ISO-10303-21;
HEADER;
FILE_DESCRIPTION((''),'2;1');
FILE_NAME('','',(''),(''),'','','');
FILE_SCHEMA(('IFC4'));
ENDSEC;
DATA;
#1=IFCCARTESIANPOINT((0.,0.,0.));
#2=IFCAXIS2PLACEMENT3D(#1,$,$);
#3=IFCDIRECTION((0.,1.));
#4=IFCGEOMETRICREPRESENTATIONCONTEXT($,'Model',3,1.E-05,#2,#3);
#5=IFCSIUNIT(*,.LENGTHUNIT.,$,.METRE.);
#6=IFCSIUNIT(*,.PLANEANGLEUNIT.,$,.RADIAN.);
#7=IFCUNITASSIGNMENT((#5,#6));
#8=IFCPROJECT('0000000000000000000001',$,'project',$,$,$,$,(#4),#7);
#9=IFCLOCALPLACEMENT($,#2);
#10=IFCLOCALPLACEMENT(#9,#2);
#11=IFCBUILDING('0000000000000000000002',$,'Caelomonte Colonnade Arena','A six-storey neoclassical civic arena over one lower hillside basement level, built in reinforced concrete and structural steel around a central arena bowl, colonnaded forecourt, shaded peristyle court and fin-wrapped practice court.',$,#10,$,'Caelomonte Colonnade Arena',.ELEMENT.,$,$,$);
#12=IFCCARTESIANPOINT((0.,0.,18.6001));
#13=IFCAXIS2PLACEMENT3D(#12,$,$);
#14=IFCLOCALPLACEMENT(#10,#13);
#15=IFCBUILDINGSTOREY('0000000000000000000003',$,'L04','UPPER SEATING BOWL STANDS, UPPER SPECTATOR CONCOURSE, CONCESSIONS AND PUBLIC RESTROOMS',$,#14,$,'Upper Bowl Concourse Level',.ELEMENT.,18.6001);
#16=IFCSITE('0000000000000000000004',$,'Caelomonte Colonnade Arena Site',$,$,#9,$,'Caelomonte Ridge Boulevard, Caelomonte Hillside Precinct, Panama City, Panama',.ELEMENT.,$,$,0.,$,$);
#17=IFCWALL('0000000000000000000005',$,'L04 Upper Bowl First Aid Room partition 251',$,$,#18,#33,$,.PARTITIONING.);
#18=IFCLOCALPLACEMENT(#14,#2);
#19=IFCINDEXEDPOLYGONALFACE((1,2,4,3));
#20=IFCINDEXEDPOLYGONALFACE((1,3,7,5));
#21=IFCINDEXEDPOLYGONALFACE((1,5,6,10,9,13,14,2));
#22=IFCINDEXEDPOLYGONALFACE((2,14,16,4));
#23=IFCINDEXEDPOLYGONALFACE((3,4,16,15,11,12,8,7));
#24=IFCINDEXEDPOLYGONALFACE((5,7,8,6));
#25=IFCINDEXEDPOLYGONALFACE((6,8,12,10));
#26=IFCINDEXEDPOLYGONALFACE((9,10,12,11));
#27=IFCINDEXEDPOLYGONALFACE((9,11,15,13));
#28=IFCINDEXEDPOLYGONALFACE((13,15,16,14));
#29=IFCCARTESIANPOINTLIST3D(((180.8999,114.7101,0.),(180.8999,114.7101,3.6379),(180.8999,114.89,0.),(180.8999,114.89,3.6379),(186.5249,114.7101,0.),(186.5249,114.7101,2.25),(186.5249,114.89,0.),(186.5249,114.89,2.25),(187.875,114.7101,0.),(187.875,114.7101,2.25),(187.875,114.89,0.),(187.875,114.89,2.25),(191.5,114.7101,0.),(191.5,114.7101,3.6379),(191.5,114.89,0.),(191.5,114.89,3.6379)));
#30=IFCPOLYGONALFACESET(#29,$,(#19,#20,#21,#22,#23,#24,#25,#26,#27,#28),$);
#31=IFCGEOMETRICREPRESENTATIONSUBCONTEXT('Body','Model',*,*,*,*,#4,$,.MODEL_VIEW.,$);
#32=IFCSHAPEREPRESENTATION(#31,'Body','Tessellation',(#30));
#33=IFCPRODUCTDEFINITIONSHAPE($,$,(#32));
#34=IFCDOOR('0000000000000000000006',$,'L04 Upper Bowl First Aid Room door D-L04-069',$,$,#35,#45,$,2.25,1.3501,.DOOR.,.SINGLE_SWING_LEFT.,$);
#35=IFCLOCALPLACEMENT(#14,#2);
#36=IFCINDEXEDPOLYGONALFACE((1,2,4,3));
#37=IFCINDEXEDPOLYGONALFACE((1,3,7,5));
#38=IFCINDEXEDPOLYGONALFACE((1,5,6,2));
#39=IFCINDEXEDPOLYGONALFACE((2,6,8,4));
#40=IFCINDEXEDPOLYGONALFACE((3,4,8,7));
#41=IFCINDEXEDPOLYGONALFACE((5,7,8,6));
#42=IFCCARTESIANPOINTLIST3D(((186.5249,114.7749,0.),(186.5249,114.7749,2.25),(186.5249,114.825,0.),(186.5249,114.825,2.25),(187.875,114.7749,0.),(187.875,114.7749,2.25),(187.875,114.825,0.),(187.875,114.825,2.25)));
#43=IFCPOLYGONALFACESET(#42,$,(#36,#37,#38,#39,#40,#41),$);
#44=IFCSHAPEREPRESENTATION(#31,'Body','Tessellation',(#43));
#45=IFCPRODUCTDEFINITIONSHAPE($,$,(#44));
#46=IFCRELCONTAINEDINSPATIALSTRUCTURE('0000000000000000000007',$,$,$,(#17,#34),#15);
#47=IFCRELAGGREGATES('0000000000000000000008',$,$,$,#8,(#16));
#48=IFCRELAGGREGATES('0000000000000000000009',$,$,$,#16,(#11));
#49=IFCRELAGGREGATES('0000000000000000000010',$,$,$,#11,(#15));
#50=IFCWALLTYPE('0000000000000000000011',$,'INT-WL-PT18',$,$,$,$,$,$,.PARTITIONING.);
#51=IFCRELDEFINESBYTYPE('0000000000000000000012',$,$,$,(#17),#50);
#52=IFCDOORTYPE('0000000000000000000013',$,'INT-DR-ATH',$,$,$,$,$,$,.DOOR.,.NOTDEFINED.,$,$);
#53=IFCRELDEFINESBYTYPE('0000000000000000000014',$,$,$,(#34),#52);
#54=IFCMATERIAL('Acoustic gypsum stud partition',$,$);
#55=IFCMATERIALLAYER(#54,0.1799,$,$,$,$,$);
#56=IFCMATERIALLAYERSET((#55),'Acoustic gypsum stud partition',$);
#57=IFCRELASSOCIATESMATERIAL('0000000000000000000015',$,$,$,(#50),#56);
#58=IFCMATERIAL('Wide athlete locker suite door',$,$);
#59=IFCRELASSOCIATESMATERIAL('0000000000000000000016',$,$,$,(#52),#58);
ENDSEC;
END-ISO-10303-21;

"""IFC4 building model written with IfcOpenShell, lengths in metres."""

from ifc_helpers import new_model, si_unit, direction, frame, frame_2d, origin, place, context, subcontext, project, spatial, rectangle, extrude, material, layer, layer_set, type_object, element, fill, save


model = new_model("IFC4")

# Units and contexts
model_context = context("Model", 3, precision=1e-05, world=origin(), true_north=direction((0.0, 1.0)))
body_context = subcontext(model_context, "Body", "Model", "MODEL_VIEW")
ifc_project = project(units=[si_unit("LENGTHUNIT", "METRE"), si_unit("PLANEANGLEUNIT", "RADIAN")], contexts=[model_context])

# Site, building, storey
site_placement = place(None, origin())
site = spatial("IfcSite", under=ifc_project, at=site_placement, Name="Caelomonte Colonnade Arena Site", LongName="Caelomonte Ridge Boulevard, Caelomonte Hillside Precinct, Panama City, Panama", CompositionType="ELEMENT", RefElevation=0.0)
building_placement = place(site_placement, origin())
building = spatial("IfcBuilding", under=site, at=building_placement, Name="Caelomonte Colonnade Arena", Description="A six-storey neoclassical civic arena over one lower hillside basement level, built in reinforced concrete and structural steel around a central arena bowl, colonnaded forecourt, shaded peristyle court and fin-wrapped practice court.", LongName="Caelomonte Colonnade Arena", CompositionType="ELEMENT")
storey_placement = place(building_placement, frame((0.0, 0.0, 18.6001)))
storey = spatial("IfcBuildingStorey", under=building, at=storey_placement, Name="L04", Description="UPPER SEATING BOWL STANDS, UPPER SPECTATOR CONCOURSE, CONCESSIONS AND PUBLIC RESTROOMS", LongName="Upper Bowl Concourse Level", CompositionType="ELEMENT", Elevation=18.6001)

# Wall, opening, door
ifc_material_1 = material(Name="Acoustic gypsum stud partition")
ifc_layer_1 = layer(ifc_material_1, 0.1799)
ifc_layer_set_1 = layer_set([ifc_layer_1], Name="Acoustic gypsum stud partition")
wall_type_1 = type_object("IfcWallType", Name="INT-WL-PT18", PredefinedType="PARTITIONING", material=ifc_layer_set_1)
wall_1_placement = place(storey_placement, frame((180.8999, 114.8, 0.0), z_axis=(0.0, 0.0, 1.0), x_axis=(1.0, 0.0, 0.0)))
wall_1 = element("IfcWall", 1, at=wall_1_placement, inside=storey, type_object=wall_type_1, Name="L04 Upper Bowl First Aid Room partition 251", PredefinedType="PARTITIONING", context=body_context, shape_type="SweptSolid", body=[
    extrude(rectangle(XDim=10.6001, YDim=0.1799, at=frame_2d((5.3, 0.0))), origin(), (0.0, 0.0, 1.0), 3.6379),
])
opening_1_placement = place(wall_1_placement, frame((5.625, 0.0, 0.0), z_axis=(0.0, 0.0, 1.0), x_axis=(1.0, 0.0, 0.0)))
opening_1 = element("IfcOpeningElement", 2, at=opening_1_placement, cuts=wall_1, PredefinedType="OPENING", context=body_context, shape_type="SweptSolid", body=[
    extrude(rectangle(XDim=1.3501, YDim=2.25, at=frame_2d((0.675, 1.125))), frame((0.0, 0.0999, 0.0), z_axis=(0.0, -1.0, 0.0), x_axis=(1.0, 0.0, 0.0)), (0.0, 0.0, 1.0), 0.2),
])
ifc_material_2 = material(Name="Wide athlete locker suite door")
door_type = type_object("IfcDoorType", Name="INT-DR-ATH", OperationType="NOTDEFINED", PredefinedType="DOOR", material=ifc_material_2)
door_placement = place(opening_1_placement, origin())
door = element("IfcDoor", 3, at=door_placement, inside=storey, type_object=door_type, Name="L04 Upper Bowl First Aid Room door D-L04-069", OperationType="SINGLE_SWING_LEFT", OverallHeight=2.25, OverallWidth=1.3501, PredefinedType="DOOR", context=body_context, shape_type="SweptSolid", body=[
    extrude(rectangle(XDim=1.3501, YDim=2.25, at=frame_2d((0.675, 1.125))), frame((0.0, 0.0249, 0.0), z_axis=(0.0, -1.0, 0.0), x_axis=(1.0, 0.0, 0.0)), (0.0, 0.0, 1.0), 0.05),
])
fill(opening_1, door)

save(model, "model.ifc")
